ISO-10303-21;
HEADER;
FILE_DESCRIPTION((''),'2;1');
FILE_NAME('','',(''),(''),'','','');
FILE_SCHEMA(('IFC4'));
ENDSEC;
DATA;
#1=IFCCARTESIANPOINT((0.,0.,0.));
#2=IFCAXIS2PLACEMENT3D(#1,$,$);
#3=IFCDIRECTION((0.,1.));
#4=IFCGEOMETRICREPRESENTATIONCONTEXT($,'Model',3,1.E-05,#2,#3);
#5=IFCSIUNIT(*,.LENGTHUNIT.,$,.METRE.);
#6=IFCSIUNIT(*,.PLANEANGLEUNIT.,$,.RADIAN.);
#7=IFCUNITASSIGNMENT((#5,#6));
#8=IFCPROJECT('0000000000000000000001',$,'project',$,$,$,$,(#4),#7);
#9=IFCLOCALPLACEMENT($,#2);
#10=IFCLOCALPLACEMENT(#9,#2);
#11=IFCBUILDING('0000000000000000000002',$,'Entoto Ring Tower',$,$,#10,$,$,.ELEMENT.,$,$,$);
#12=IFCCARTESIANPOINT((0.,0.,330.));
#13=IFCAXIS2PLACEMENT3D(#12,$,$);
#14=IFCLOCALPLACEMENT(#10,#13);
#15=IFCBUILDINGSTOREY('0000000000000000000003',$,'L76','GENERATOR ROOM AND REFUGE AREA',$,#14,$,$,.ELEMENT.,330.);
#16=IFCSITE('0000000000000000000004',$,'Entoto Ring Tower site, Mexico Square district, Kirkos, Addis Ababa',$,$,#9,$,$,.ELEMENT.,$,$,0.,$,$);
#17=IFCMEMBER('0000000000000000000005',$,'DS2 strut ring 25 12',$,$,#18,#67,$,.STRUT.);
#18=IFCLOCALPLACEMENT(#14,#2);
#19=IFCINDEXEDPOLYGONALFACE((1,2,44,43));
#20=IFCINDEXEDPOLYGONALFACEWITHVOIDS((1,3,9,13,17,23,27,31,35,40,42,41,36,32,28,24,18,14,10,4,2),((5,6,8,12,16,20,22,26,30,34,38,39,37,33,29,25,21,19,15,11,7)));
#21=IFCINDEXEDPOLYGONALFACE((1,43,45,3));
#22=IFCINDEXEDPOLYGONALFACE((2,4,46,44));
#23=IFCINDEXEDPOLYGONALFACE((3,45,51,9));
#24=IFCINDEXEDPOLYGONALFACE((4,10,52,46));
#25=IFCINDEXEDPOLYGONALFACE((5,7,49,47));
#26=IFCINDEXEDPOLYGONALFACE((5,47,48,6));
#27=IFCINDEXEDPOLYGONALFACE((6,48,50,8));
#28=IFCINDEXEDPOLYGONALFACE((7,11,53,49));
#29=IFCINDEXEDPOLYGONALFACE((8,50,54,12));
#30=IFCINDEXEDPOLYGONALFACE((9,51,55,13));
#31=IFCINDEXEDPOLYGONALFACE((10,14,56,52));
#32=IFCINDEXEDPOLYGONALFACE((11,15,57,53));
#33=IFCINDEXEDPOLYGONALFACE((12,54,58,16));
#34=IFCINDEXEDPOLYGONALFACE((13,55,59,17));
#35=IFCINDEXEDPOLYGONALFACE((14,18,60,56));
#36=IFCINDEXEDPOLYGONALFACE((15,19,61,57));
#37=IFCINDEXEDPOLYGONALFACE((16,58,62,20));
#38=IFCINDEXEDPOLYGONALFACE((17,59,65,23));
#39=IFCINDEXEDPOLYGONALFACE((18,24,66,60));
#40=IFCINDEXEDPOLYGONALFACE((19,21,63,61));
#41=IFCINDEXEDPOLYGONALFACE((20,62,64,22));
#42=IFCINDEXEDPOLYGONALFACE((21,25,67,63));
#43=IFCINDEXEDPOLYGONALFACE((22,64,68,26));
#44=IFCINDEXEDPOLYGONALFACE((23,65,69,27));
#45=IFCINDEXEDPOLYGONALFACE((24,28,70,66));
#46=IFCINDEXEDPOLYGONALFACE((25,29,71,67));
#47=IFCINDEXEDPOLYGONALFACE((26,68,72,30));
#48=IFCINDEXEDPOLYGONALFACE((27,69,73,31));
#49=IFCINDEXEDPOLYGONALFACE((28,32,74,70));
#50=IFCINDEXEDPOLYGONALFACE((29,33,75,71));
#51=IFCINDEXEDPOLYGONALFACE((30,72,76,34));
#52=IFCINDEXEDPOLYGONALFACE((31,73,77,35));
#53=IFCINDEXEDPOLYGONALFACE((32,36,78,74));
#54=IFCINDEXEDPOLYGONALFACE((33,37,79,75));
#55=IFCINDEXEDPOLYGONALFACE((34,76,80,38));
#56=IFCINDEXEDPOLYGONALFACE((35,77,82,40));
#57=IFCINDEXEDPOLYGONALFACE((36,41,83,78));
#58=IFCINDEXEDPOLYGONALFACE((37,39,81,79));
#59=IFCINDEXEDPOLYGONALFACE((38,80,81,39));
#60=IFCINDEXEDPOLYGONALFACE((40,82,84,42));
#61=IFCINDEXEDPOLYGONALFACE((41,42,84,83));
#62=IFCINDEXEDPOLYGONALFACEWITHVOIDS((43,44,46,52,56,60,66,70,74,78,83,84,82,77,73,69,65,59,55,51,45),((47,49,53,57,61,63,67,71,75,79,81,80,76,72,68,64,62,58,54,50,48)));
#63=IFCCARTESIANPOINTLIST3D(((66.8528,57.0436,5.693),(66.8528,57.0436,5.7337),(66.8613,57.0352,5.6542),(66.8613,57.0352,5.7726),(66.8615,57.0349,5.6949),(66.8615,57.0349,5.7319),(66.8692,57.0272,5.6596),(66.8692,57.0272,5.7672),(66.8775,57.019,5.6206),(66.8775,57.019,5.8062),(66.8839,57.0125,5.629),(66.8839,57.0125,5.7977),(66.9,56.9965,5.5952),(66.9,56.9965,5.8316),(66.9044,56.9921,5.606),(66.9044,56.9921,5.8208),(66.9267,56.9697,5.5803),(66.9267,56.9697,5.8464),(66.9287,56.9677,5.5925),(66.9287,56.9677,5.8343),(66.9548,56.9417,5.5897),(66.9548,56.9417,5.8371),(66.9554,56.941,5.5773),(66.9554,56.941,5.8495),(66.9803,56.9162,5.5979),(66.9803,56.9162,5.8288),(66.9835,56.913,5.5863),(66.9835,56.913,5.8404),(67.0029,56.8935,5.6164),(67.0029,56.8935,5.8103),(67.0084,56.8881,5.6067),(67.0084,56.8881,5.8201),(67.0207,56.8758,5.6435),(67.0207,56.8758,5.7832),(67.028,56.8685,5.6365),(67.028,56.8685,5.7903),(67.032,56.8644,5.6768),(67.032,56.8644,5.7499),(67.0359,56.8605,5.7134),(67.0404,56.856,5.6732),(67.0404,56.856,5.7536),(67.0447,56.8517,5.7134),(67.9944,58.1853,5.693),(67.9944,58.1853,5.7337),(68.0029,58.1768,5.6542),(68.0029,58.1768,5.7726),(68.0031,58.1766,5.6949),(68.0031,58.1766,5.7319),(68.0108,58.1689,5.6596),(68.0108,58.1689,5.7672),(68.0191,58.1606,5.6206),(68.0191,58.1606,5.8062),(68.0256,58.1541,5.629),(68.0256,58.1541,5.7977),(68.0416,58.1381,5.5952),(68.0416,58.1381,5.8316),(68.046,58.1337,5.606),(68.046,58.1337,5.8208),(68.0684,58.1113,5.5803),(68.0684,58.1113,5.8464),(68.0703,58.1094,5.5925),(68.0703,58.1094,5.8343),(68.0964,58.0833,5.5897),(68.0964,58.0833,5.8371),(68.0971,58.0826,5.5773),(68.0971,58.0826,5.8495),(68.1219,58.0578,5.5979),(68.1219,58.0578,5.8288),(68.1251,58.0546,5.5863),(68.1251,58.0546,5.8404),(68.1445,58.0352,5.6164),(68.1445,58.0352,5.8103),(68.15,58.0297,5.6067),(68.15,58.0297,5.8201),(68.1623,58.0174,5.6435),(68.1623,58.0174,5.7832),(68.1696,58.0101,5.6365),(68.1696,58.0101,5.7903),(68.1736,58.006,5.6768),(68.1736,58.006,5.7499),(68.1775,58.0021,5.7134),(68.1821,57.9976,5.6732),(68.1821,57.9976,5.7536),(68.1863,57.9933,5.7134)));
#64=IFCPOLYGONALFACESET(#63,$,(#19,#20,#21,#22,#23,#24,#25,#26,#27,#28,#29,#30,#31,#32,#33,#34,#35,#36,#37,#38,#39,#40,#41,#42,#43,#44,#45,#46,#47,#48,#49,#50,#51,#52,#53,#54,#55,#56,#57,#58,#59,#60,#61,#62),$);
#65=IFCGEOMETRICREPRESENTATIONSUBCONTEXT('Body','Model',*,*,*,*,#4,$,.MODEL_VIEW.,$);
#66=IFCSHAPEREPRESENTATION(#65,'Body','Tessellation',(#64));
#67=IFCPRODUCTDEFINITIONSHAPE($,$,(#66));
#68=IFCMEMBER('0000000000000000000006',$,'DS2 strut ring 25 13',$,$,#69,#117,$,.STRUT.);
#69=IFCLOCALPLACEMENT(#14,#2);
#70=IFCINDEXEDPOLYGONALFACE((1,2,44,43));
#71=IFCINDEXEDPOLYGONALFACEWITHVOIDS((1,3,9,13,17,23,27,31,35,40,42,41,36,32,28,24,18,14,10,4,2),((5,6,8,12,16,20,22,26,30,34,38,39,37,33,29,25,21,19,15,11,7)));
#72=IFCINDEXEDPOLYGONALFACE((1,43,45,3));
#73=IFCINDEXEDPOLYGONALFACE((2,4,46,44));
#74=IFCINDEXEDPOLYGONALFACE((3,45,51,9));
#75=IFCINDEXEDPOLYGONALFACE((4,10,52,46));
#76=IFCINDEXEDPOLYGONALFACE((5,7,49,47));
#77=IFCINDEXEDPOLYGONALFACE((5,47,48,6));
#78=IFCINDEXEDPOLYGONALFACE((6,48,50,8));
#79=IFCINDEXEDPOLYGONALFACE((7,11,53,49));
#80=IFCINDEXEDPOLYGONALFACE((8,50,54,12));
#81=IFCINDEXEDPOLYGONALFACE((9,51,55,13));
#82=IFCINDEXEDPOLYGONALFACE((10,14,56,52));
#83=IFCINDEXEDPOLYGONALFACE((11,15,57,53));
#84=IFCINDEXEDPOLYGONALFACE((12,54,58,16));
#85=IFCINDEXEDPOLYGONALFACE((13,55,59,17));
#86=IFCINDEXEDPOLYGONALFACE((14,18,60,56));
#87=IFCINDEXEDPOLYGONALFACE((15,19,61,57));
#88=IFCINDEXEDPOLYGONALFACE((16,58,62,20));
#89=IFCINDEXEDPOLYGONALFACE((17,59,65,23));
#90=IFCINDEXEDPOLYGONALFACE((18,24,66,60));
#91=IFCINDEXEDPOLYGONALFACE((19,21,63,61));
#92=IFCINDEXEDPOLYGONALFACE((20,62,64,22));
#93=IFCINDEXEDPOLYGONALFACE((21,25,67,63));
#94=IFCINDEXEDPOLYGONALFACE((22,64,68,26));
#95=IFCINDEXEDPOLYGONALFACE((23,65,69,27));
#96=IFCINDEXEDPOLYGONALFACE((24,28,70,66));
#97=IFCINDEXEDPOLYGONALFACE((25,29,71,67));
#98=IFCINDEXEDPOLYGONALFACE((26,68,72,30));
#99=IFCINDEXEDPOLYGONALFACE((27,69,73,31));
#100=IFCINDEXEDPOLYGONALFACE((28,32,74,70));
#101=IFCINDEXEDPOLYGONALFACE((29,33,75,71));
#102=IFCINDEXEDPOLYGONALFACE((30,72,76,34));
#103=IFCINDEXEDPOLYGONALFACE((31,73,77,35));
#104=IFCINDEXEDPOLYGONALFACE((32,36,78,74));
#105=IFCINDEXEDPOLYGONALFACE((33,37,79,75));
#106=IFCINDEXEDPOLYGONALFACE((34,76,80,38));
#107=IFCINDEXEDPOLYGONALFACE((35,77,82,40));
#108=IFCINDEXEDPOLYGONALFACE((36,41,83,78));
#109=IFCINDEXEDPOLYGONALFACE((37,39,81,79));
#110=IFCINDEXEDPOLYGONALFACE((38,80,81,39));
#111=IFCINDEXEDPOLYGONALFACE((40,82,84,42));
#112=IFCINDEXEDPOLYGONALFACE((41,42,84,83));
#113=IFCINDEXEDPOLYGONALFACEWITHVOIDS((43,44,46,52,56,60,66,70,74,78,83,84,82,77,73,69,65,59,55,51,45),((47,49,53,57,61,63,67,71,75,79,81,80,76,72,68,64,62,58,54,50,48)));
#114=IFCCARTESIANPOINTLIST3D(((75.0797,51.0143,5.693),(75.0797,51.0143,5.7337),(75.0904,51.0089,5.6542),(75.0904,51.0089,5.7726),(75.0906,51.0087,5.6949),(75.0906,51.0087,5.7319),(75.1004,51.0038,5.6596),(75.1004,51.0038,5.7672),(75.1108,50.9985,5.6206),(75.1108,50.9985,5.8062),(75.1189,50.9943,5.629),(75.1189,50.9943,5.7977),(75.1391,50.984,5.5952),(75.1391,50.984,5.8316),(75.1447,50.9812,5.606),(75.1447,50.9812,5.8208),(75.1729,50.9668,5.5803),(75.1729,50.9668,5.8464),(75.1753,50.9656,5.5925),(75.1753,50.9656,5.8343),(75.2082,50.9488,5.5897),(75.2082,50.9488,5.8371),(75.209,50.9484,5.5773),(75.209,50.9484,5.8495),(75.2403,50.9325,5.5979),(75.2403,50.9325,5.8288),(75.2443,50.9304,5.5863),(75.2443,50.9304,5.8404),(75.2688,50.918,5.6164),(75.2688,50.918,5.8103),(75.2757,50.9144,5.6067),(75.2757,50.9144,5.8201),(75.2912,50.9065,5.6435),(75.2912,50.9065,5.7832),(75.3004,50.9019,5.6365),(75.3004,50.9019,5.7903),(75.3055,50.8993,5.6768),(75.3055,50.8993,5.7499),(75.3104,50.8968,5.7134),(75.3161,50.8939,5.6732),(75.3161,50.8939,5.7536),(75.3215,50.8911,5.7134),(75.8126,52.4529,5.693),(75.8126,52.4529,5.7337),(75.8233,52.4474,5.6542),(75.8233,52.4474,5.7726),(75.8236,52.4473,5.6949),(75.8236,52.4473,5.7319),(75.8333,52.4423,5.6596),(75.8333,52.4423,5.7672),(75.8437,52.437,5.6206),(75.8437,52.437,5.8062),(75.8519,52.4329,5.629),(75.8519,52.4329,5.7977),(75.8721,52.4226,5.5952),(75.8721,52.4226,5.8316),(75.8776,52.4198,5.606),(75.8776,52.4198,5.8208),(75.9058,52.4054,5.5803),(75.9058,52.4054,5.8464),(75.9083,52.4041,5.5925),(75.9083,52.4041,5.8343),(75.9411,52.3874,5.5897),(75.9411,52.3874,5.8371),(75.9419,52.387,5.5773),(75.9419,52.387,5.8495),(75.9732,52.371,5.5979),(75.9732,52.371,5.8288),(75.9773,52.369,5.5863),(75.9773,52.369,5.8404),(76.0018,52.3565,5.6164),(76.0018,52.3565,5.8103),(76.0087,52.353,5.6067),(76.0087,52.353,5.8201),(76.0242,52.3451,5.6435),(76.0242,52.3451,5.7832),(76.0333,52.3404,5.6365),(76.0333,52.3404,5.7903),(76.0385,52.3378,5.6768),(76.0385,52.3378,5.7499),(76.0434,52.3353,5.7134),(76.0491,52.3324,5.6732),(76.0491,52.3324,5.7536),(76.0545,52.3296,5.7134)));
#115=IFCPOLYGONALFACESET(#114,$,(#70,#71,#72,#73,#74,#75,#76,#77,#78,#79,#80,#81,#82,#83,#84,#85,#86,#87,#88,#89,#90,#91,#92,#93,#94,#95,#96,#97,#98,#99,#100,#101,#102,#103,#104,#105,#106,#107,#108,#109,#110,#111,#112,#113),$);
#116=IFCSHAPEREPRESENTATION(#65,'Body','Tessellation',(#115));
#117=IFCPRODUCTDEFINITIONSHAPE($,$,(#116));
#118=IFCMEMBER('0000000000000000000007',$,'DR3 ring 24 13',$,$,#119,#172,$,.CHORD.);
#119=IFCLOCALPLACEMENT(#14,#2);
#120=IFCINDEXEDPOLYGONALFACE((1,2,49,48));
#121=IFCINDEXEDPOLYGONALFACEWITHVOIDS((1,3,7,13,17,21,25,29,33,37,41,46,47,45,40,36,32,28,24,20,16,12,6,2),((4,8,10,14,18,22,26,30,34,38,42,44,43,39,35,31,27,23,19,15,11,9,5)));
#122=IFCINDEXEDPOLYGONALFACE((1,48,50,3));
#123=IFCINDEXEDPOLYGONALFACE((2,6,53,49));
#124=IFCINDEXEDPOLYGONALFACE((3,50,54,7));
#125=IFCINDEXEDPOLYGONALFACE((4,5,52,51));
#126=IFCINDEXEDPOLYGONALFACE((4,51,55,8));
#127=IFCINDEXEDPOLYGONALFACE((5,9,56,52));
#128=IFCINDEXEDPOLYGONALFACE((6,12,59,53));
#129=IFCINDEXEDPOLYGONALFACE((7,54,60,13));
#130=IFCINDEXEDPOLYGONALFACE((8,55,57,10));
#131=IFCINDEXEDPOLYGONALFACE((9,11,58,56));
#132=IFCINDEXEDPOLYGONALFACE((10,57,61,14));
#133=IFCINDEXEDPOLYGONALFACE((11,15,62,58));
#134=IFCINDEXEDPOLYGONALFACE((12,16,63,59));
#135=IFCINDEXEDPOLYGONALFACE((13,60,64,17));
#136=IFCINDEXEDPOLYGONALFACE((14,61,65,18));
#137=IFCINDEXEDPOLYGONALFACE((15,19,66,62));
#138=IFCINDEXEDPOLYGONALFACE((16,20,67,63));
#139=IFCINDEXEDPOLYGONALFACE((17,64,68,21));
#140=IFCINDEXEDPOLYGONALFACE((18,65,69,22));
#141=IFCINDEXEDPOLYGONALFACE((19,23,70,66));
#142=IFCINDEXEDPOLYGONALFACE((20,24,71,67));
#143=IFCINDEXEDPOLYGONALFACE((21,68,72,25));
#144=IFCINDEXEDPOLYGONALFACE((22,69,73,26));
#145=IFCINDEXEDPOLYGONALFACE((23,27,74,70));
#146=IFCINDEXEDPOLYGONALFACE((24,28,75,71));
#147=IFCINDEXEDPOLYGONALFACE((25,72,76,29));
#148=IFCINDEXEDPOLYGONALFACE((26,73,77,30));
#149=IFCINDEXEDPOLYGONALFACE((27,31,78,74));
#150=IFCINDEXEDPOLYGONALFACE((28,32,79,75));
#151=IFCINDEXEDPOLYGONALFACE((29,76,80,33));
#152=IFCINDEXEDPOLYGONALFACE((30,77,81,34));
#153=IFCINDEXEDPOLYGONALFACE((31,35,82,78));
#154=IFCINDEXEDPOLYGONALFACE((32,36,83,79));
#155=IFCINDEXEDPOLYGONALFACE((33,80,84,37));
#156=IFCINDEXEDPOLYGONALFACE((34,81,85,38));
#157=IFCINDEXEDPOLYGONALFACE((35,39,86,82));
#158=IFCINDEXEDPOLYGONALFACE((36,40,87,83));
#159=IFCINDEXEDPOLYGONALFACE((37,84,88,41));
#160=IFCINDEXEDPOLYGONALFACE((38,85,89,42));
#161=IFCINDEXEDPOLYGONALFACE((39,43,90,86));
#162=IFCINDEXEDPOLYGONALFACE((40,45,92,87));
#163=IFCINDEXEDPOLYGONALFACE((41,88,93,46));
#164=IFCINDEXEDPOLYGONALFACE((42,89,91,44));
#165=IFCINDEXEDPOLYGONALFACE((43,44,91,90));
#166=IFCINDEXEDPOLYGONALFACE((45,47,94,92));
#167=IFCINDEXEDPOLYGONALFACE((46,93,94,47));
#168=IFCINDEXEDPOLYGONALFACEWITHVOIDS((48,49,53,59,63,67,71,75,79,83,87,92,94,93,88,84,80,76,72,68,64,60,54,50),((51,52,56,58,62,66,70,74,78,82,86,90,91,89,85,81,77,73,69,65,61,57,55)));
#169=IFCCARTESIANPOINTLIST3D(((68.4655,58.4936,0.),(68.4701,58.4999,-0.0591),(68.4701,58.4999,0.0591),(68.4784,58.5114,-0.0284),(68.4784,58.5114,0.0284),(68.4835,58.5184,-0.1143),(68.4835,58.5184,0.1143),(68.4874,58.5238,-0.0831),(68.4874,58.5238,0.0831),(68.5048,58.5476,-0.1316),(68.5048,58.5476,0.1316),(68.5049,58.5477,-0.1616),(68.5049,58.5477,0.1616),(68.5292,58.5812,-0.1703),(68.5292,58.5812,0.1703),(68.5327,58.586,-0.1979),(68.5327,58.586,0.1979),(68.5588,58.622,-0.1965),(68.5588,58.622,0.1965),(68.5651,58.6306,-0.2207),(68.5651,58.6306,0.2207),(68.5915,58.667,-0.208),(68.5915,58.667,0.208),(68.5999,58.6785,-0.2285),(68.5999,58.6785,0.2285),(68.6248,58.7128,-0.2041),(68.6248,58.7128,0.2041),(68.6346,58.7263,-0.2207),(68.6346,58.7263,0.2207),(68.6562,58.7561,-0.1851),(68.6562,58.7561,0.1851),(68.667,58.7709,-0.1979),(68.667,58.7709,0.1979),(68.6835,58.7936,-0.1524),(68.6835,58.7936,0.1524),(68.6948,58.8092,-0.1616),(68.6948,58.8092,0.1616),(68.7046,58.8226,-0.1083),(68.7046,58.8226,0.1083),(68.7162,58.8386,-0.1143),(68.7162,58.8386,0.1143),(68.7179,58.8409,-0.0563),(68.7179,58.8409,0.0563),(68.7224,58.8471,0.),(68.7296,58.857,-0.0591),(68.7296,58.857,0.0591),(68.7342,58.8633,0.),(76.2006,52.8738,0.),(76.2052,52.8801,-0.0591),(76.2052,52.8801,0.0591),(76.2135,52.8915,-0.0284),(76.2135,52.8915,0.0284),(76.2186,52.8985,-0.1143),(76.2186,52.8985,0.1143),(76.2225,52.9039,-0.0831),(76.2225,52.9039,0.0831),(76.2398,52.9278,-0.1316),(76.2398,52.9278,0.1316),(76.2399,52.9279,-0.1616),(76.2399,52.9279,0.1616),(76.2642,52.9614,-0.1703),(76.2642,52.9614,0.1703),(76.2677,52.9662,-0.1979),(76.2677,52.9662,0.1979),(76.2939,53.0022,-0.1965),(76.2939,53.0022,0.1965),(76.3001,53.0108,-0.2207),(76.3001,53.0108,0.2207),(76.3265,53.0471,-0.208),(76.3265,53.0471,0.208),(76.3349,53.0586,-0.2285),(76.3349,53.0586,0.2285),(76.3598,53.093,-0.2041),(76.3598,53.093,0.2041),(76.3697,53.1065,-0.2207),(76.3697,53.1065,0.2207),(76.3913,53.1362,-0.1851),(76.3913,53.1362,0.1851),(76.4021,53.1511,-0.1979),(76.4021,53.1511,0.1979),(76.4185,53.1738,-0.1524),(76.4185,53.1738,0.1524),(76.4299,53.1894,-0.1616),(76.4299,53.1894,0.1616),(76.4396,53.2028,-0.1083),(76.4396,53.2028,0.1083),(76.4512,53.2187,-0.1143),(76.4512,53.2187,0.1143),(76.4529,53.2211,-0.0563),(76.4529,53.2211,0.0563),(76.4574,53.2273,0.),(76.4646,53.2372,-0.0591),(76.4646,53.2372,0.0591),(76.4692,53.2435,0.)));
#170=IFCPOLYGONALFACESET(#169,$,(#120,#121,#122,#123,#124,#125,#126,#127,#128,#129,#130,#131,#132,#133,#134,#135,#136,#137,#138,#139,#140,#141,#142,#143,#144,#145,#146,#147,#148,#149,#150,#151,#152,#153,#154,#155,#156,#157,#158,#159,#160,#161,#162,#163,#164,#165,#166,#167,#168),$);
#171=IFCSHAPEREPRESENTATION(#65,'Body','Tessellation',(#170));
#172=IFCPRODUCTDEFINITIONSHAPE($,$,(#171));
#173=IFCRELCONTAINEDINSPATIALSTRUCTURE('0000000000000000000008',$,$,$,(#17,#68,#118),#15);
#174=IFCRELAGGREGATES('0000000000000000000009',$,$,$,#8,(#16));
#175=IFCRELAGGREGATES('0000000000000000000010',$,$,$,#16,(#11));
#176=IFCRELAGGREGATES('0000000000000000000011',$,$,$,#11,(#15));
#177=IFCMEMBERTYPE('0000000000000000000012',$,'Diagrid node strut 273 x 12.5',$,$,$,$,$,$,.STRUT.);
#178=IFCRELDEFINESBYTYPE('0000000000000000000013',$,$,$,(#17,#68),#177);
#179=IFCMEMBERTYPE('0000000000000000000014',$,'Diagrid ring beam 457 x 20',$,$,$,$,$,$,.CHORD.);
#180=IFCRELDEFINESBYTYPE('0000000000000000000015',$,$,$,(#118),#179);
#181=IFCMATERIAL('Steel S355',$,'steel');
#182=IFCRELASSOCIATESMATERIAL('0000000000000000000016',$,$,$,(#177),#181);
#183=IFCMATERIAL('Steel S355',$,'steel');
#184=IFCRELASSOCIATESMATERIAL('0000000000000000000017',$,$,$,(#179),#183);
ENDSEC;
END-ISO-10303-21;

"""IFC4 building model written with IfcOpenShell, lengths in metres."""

from ifc_helpers import new_model, si_unit, direction, frame, origin, origin_2d, place, context, subcontext, project, spatial, circle, hollow_circle, extrude, material, material_profile, profile_set, type_object, element, save


model = new_model("IFC4")

# Units and contexts
model_context = context("Model", 3, precision=1e-05, world=origin(), true_north=direction((0.0, 1.0)))
body_context = subcontext(model_context, "Body", "Model", "MODEL_VIEW")
ifc_project = project(units=[si_unit("LENGTHUNIT", "METRE"), si_unit("PLANEANGLEUNIT", "RADIAN")], contexts=[model_context])

# Site, building, storey
site_placement = place(None, origin())
site = spatial("IfcSite", under=ifc_project, at=site_placement, Name="Entoto Ring Tower site, Mexico Square district, Kirkos, Addis Ababa", CompositionType="ELEMENT", RefElevation=0.0)
building_placement = place(site_placement, origin())
building = spatial("IfcBuilding", under=site, at=building_placement, Name="Entoto Ring Tower", CompositionType="ELEMENT")
storey_placement = place(building_placement, frame((0.0, 0.0, 330.0)))
storey = spatial("IfcBuildingStorey", under=building, at=storey_placement, Name="L76", Description="GENERATOR ROOM AND REFUGE AREA", CompositionType="ELEMENT", Elevation=330.0)

# Members
ifc_material_1 = material(Name="Steel S355", Category="steel")
ifc_material_profile_1 = material_profile(ifc_material_1, hollow_circle(Radius=0.1365, WallThickness=0.0125, at=origin_2d()), Name="CHS 273 x 12.5")
ifc_material_2 = material(Name="Concrete C60/75", Category="concrete")
ifc_material_profile_2 = material_profile(ifc_material_2, circle(Radius=0.124, at=origin_2d()), Name="Concrete C60/75 infill")
ifc_profile_set_1 = profile_set([ifc_material_profile_1, ifc_material_profile_2], Name="Steel S355")
member_type_1 = type_object("IfcMemberType", Name="Diagrid node strut 273 x 12.5", PredefinedType="STRUT", material=ifc_profile_set_1)
for number, where, z_axis, x_axis, name in (
    (1, (68.0898, 58.0898, 5.7134), (-0.707107, -0.707107, 0.0), (0.707107, -0.707107, 0.0), "DS2 strut ring 25 12"),
    (2, (75.9329, 52.3916, 5.7134), (-0.453976, -0.891014, 0.0), (0.891014, -0.453976, 0.0), "DS2 strut ring 25 13"),
):
    element("IfcMember", number, at=place(storey_placement, frame(where, z_axis=z_axis, x_axis=x_axis)), inside=storey, type_object=member_type_1, Name=name, PredefinedType="STRUT", context=body_context, shape_type="SweptSolid", body=[
        extrude(hollow_circle(Radius=0.1365, WallThickness=0.0125, at=origin_2d()), origin(), (0.0, 0.0, 1.0), 1.6145),
    ])
ifc_material_3 = material(Name="Steel S355", Category="steel")
ifc_material_profile_3 = material_profile(ifc_material_3, hollow_circle(Radius=0.2285, WallThickness=0.02, at=origin_2d()), Name="CHS 457 x 20")
ifc_material_4 = material(Name="Concrete C60/75", Category="concrete")
ifc_material_profile_4 = material_profile(ifc_material_4, circle(Radius=0.2085, at=origin_2d()), Name="Concrete C60/75 infill")
ifc_profile_set_2 = profile_set([ifc_material_profile_3, ifc_material_profile_4], Name="Steel S355")
member_type_2 = type_object("IfcMemberType", Name="Diagrid ring beam 457 x 20", PredefinedType="CHORD", material=ifc_profile_set_2)
for number, where, z_axis, x_axis, name in (
    (3, (68.5999, 58.6785, 0.0), (0.809018, -0.587784, 0.0), (0.587784, 0.809018, 0.0), "DR3 ring 24 13"),
):
    element("IfcMember", number, at=place(storey_placement, frame(where, z_axis=z_axis, x_axis=x_axis)), inside=storey, type_object=member_type_2, Name=name, PredefinedType="CHORD", context=body_context, shape_type="SweptSolid", body=[
        extrude(hollow_circle(Radius=0.2285, WallThickness=0.02, at=origin_2d()), origin(), (0.0, 0.0, 1.0), 9.561),
    ])

save(model, "model.ifc")
